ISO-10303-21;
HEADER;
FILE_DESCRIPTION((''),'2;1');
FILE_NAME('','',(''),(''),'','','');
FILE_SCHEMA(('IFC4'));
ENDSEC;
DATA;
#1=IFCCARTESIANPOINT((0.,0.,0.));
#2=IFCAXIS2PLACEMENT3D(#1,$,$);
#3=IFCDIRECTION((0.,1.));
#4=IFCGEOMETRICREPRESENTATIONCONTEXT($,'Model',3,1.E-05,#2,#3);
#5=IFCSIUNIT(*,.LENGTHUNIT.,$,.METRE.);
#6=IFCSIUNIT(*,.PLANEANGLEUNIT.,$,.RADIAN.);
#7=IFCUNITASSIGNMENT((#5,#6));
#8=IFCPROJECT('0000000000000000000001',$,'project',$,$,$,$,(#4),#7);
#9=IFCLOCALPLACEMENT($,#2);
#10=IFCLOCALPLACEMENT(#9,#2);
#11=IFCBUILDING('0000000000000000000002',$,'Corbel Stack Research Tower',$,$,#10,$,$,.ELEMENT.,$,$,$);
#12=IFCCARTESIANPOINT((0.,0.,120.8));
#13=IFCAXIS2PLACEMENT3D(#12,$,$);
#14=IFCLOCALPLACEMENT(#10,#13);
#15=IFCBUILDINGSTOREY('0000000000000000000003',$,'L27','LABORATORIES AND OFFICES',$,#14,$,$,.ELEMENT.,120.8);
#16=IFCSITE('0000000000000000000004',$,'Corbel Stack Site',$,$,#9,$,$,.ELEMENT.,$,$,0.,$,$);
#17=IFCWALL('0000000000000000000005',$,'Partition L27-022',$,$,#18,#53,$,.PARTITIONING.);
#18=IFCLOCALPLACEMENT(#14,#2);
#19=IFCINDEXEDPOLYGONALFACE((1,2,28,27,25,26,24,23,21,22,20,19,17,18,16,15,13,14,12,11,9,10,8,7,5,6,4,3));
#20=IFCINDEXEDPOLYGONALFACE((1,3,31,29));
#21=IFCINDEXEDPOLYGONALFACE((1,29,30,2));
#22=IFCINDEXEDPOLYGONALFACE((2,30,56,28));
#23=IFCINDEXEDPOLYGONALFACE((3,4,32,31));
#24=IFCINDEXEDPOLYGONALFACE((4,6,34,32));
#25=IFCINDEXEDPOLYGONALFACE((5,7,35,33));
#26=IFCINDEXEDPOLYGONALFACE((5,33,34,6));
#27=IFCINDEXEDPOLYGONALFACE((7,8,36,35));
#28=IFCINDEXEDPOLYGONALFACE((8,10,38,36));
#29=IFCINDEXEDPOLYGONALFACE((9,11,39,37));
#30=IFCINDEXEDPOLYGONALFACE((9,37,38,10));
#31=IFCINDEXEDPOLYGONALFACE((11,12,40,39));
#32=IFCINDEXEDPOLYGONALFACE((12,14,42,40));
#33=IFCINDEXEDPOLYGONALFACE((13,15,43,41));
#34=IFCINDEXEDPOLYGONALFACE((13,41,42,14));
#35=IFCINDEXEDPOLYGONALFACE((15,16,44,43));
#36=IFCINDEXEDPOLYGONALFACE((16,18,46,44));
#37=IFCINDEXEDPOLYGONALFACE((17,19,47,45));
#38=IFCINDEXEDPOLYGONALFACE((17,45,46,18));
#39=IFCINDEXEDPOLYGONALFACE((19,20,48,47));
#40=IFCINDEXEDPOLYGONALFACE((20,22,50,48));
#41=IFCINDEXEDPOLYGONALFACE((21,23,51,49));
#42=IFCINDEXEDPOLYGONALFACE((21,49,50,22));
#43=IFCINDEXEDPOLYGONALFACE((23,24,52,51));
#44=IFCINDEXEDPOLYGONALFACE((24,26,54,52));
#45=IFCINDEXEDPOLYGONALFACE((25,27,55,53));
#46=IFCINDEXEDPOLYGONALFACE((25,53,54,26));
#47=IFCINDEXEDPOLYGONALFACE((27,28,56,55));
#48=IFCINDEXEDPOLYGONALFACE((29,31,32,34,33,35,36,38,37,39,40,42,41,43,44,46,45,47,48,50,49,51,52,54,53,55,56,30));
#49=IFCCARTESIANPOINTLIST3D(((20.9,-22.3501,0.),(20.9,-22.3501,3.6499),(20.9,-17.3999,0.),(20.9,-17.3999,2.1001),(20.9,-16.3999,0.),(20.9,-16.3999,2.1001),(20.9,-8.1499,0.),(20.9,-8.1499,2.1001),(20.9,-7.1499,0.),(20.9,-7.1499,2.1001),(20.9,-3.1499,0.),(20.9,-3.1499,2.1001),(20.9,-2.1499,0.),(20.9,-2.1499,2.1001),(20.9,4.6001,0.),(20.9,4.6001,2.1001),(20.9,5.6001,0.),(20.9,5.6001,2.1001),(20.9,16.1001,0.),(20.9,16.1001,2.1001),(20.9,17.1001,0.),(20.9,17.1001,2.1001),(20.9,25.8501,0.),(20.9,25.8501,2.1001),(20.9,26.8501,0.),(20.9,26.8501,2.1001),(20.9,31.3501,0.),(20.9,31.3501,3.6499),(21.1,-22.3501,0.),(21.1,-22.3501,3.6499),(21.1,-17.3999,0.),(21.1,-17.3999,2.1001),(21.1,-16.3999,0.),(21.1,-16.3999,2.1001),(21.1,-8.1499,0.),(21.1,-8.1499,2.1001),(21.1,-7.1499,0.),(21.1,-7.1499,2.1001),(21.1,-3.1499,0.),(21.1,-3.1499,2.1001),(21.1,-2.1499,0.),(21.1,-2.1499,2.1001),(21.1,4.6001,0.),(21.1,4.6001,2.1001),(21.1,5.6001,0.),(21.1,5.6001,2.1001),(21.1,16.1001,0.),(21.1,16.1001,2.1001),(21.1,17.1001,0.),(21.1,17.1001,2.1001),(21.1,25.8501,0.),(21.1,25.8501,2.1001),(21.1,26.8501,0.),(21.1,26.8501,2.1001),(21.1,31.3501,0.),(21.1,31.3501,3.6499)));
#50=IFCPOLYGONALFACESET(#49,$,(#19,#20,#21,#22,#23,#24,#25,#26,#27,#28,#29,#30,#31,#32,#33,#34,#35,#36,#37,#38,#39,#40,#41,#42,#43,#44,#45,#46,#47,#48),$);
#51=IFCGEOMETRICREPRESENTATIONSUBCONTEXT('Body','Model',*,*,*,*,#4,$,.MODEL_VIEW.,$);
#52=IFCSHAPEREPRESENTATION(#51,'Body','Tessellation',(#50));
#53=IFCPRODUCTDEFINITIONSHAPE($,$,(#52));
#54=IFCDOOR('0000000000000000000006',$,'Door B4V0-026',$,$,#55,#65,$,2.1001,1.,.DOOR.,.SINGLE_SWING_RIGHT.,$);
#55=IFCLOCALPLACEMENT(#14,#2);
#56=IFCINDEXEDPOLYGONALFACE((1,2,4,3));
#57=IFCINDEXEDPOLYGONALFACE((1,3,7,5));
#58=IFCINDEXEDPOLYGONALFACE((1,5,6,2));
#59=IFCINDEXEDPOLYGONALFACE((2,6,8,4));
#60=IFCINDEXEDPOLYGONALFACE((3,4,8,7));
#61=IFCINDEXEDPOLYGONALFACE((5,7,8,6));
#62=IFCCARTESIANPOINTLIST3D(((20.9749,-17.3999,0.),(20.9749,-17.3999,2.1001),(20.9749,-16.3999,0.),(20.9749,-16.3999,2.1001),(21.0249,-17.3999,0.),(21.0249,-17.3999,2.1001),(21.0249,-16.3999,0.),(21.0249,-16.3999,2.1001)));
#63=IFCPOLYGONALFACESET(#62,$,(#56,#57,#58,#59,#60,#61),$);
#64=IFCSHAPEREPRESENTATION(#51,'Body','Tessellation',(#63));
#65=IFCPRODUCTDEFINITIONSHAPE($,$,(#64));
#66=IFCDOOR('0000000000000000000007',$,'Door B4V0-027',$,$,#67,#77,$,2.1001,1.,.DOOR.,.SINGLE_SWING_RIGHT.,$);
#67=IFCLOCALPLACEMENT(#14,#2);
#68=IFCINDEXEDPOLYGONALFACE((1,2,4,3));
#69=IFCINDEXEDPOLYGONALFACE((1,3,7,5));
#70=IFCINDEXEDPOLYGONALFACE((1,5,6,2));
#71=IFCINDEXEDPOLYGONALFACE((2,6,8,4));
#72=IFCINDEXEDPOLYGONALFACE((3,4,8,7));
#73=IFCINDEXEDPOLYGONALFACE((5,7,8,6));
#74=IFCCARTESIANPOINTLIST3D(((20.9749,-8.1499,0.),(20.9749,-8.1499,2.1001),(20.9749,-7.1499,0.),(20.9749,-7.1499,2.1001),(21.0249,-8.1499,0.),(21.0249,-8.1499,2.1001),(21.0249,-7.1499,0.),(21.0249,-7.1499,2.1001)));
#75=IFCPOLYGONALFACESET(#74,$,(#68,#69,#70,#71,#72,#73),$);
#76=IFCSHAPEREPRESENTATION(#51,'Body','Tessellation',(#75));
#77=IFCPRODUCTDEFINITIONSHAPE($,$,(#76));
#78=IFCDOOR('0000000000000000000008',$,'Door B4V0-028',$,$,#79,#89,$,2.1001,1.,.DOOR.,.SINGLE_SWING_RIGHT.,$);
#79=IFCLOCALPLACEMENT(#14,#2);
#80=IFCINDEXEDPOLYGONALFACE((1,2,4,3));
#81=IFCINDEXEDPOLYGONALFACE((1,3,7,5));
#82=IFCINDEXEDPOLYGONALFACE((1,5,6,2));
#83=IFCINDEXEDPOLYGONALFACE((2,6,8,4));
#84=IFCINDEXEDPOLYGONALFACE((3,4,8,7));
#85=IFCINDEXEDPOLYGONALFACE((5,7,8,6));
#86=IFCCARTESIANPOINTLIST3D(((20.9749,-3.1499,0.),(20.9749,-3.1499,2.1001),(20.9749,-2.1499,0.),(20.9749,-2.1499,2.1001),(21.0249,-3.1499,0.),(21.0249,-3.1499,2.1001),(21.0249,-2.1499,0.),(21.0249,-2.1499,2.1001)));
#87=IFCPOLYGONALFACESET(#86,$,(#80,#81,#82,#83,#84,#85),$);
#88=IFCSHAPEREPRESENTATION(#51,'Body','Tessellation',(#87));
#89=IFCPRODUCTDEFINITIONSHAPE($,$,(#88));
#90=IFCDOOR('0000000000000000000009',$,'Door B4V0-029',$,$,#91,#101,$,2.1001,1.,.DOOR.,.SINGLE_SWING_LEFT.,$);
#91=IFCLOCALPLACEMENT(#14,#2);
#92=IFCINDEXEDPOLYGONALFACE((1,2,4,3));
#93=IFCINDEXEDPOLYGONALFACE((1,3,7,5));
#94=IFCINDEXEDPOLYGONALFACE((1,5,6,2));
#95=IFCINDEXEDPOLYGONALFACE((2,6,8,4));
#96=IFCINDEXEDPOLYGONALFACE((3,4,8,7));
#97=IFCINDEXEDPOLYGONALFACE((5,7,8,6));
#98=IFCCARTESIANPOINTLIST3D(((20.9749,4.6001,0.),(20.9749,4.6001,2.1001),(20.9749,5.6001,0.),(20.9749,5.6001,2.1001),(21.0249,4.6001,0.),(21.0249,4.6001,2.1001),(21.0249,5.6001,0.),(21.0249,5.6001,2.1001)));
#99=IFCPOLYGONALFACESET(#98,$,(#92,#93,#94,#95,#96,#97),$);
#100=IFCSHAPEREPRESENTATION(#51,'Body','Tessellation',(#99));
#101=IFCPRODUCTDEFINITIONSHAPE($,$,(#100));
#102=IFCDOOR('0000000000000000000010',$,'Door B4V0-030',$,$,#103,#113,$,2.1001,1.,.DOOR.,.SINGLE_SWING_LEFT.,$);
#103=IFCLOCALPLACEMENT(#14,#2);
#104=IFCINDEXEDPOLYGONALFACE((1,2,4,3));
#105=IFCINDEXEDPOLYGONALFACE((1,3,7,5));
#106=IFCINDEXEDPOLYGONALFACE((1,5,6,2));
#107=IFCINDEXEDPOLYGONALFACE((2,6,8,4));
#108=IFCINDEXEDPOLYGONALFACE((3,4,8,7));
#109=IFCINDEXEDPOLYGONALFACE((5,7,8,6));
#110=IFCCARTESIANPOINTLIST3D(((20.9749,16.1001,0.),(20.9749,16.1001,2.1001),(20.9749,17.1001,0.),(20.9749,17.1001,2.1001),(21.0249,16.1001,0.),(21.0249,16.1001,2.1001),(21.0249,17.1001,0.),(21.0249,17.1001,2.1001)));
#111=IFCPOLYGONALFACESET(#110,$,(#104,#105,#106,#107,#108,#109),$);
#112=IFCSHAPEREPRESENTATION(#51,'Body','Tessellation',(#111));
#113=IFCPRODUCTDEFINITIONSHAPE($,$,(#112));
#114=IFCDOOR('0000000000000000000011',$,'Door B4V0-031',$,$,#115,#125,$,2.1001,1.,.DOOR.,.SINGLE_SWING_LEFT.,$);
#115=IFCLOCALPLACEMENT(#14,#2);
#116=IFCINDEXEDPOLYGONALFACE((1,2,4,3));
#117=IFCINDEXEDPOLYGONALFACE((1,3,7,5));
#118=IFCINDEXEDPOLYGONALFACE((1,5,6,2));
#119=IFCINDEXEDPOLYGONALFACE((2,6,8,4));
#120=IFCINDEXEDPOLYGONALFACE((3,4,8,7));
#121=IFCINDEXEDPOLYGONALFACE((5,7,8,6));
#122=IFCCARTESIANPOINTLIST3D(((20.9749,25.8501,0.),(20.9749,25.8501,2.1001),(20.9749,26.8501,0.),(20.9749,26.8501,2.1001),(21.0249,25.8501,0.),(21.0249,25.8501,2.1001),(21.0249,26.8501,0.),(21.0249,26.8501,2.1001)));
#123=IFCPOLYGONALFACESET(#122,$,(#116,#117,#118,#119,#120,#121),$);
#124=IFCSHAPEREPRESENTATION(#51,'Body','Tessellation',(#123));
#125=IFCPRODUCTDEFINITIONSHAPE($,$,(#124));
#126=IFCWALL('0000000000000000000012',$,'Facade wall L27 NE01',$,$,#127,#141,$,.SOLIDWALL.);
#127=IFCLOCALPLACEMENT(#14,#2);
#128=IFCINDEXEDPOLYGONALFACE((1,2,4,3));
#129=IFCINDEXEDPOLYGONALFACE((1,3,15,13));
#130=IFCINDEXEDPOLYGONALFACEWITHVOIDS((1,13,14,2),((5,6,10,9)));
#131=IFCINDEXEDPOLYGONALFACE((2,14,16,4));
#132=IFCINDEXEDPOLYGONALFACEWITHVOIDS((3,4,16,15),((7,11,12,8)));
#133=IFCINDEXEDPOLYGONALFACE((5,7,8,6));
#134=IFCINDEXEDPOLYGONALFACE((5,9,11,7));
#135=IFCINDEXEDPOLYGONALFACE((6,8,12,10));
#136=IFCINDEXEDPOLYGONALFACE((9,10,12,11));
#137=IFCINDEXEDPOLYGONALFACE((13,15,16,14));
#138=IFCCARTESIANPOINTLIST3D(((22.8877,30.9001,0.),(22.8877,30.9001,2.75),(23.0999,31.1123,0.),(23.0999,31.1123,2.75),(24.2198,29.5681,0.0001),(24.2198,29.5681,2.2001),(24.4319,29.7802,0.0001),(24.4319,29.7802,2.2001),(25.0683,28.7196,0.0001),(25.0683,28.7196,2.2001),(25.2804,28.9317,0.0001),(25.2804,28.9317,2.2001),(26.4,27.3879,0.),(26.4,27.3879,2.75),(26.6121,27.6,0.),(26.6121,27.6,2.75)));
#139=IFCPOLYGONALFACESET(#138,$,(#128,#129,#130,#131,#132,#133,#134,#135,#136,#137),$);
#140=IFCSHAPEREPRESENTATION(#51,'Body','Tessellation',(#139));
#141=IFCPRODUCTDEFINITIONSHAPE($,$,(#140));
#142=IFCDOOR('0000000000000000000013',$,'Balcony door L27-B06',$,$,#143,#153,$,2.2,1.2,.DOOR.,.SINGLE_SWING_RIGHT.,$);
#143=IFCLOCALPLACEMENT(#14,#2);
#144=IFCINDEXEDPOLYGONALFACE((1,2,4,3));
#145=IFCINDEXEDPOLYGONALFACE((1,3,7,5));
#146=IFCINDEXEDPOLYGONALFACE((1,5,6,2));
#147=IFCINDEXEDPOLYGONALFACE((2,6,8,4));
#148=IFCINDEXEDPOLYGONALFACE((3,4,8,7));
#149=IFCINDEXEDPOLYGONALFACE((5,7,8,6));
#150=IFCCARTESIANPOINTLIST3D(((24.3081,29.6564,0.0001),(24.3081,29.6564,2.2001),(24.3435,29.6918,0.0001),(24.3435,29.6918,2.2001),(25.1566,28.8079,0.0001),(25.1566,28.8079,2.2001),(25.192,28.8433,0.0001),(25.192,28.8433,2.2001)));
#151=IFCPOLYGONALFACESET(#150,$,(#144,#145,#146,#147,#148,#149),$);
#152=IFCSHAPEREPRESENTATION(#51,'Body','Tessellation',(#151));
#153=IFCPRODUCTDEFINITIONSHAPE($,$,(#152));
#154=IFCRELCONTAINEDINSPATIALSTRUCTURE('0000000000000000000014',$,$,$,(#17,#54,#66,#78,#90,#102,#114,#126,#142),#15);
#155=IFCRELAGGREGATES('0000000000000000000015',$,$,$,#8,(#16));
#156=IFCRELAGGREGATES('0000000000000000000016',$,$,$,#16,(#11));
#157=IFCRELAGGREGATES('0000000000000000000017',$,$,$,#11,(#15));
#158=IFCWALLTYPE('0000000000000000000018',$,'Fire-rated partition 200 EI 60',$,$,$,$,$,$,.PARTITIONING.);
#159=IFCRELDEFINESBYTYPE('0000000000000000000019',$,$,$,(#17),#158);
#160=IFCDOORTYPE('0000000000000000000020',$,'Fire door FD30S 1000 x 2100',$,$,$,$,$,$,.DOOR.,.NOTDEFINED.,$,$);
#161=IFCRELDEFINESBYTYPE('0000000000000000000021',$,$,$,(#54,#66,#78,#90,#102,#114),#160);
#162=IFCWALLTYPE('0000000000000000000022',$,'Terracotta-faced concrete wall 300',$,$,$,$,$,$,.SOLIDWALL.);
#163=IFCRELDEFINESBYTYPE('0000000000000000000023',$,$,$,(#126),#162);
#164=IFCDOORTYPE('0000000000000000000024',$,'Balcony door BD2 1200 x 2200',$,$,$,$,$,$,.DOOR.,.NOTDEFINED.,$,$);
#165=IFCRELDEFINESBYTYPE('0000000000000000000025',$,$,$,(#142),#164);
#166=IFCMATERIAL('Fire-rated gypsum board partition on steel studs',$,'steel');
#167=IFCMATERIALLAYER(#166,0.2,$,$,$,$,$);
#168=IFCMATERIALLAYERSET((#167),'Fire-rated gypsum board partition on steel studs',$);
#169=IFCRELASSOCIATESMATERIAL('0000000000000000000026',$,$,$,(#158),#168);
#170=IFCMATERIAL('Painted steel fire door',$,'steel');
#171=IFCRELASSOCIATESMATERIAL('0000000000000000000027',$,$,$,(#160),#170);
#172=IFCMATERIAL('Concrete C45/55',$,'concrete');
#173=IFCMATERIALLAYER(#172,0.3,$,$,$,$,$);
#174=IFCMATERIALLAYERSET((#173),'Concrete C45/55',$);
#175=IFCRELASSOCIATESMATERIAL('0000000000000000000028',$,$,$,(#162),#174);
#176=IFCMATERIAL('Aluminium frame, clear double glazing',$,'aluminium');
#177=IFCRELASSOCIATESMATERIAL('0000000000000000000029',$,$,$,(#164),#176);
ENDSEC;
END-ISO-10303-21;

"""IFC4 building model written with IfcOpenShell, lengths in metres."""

from ifc_helpers import new_model, si_unit, direction, frame, frame_2d, origin, place, context, subcontext, project, spatial, rectangle, extrude, material, layer, layer_set, type_object, element, fill, save


model = new_model("IFC4")

# Units and contexts
model_context = context("Model", 3, precision=1e-05, world=origin(), true_north=direction((0.0, 1.0)))
body_context = subcontext(model_context, "Body", "Model", "MODEL_VIEW")
ifc_project = project(units=[si_unit("LENGTHUNIT", "METRE"), si_unit("PLANEANGLEUNIT", "RADIAN")], contexts=[model_context])

# Site, building, storey
site_placement = place(None, origin())
site = spatial("IfcSite", under=ifc_project, at=site_placement, Name="Corbel Stack Site", CompositionType="ELEMENT", RefElevation=0.0)
building_placement = place(site_placement, origin())
building = spatial("IfcBuilding", under=site, at=building_placement, Name="Corbel Stack Research Tower", CompositionType="ELEMENT")
storey_placement = place(building_placement, frame((0.0, 0.0, 120.8)))
storey = spatial("IfcBuildingStorey", under=building, at=storey_placement, Name="L27", Description="LABORATORIES AND OFFICES", CompositionType="ELEMENT", Elevation=120.8)

# Shared definitions
ifc_material_1 = material(Name="Fire-rated gypsum board partition on steel studs", Category="steel")
ifc_layer_1 = layer(ifc_material_1, 0.2)
ifc_layer_set_1 = layer_set([ifc_layer_1], Name="Fire-rated gypsum board partition on steel studs")
wall_type_1 = type_object("IfcWallType", Name="Fire-rated partition 200 EI 60", PredefinedType="PARTITIONING", material=ifc_layer_set_1)
ifc_material_2 = material(Name="Painted steel fire door", Category="steel")
door_type_1 = type_object("IfcDoorType", Name="Fire door FD30S 1000 x 2100", OperationType="NOTDEFINED", PredefinedType="DOOR", material=ifc_material_2)

# Wall, openings, doors
wall_1_placement = place(storey_placement, frame((21.0, 31.3501, 0.0), z_axis=(0.0, 0.0, 1.0), x_axis=(0.0, -1.0, 0.0)))
wall_1 = element("IfcWall", 1, at=wall_1_placement, inside=storey, type_object=wall_type_1, Name="Partition L27-022", PredefinedType="PARTITIONING", context=body_context, shape_type="SweptSolid", body=[
    extrude(rectangle(XDim=53.7002, YDim=0.2, at=frame_2d((26.8501, 0.0))), origin(), (0.0, 0.0, 1.0), 3.6499),
])
opening_1_placement = place(wall_1_placement, frame((47.75, 0.0, 0.0)))
opening_1 = element("IfcOpeningElement", 2, at=opening_1_placement, cuts=wall_1, PredefinedType="OPENING", context=body_context, shape_type="SweptSolid", body=[
    extrude(rectangle(XDim=1.0, YDim=2.1001, at=frame_2d((0.5, 1.05))), frame((0.0, 0.1099, 0.0), z_axis=(0.0, -1.0, 0.0), x_axis=(1.0, 0.0, 0.0)), (0.0, 0.0, 1.0), 0.22),
])
opening_2_placement = place(wall_1_placement, frame((38.5, 0.0, 0.0)))
opening_2 = element("IfcOpeningElement", 3, at=opening_2_placement, cuts=wall_1, PredefinedType="OPENING", context=body_context, shape_type="SweptSolid", body=[
    extrude(rectangle(XDim=1.0, YDim=2.1001, at=frame_2d((0.5, 1.05))), frame((0.0, 0.1099, 0.0), z_axis=(0.0, -1.0, 0.0), x_axis=(1.0, 0.0, 0.0)), (0.0, 0.0, 1.0), 0.22),
])
opening_3_placement = place(wall_1_placement, frame((33.5, 0.0, 0.0)))
opening_3 = element("IfcOpeningElement", 4, at=opening_3_placement, cuts=wall_1, PredefinedType="OPENING", context=body_context, shape_type="SweptSolid", body=[
    extrude(rectangle(XDim=1.0, YDim=2.1001, at=frame_2d((0.5, 1.05))), frame((0.0, 0.1099, 0.0), z_axis=(0.0, -1.0, 0.0), x_axis=(1.0, 0.0, 0.0)), (0.0, 0.0, 1.0), 0.22),
])
opening_4_placement = place(wall_1_placement, frame((25.75, 0.0, 0.0)))
opening_4 = element("IfcOpeningElement", 5, at=opening_4_placement, cuts=wall_1, PredefinedType="OPENING", context=body_context, shape_type="SweptSolid", body=[
    extrude(rectangle(XDim=1.0, YDim=2.1001, at=frame_2d((0.5, 1.05))), frame((0.0, 0.1099, 0.0), z_axis=(0.0, -1.0, 0.0), x_axis=(1.0, 0.0, 0.0)), (0.0, 0.0, 1.0), 0.22),
])
opening_5_placement = place(wall_1_placement, frame((14.25, 0.0, 0.0)))
opening_5 = element("IfcOpeningElement", 6, at=opening_5_placement, cuts=wall_1, PredefinedType="OPENING", context=body_context, shape_type="SweptSolid", body=[
    extrude(rectangle(XDim=1.0, YDim=2.1001, at=frame_2d((0.5, 1.05))), frame((0.0, 0.1099, 0.0), z_axis=(0.0, -1.0, 0.0), x_axis=(1.0, 0.0, 0.0)), (0.0, 0.0, 1.0), 0.22),
])
opening_6_placement = place(wall_1_placement, frame((4.5, 0.0, 0.0)))
opening_6 = element("IfcOpeningElement", 7, at=opening_6_placement, cuts=wall_1, PredefinedType="OPENING", context=body_context, shape_type="SweptSolid", body=[
    extrude(rectangle(XDim=1.0, YDim=2.1001, at=frame_2d((0.5, 1.05))), frame((0.0, 0.1099, 0.0), z_axis=(0.0, -1.0, 0.0), x_axis=(1.0, 0.0, 0.0)), (0.0, 0.0, 1.0), 0.22),
])
door_1_placement = place(opening_1_placement, origin())
door_1 = element("IfcDoor", 8, at=door_1_placement, inside=storey, type_object=door_type_1, Name="Door B4V0-026", OperationType="SINGLE_SWING_RIGHT", OverallHeight=2.1001, OverallWidth=1.0, PredefinedType="DOOR", context=body_context, shape_type="SweptSolid", body=[
    extrude(rectangle(XDim=1.0, YDim=2.1001, at=frame_2d((0.5, 1.05))), frame((0.0, 0.0249, 0.0), z_axis=(0.0, -1.0, 0.0), x_axis=(1.0, 0.0, 0.0)), (0.0, 0.0, 1.0), 0.05),
])
fill(opening_1, door_1)
door_2_placement = place(opening_2_placement, origin())
door_2 = element("IfcDoor", 9, at=door_2_placement, inside=storey, type_object=door_type_1, Name="Door B4V0-027", OperationType="SINGLE_SWING_RIGHT", OverallHeight=2.1001, OverallWidth=1.0, PredefinedType="DOOR", context=body_context, shape_type="SweptSolid", body=[
    extrude(rectangle(XDim=1.0, YDim=2.1001, at=frame_2d((0.5, 1.05))), frame((0.0, 0.0249, 0.0), z_axis=(0.0, -1.0, 0.0), x_axis=(1.0, 0.0, 0.0)), (0.0, 0.0, 1.0), 0.05),
])
fill(opening_2, door_2)
door_3_placement = place(opening_3_placement, origin())
door_3 = element("IfcDoor", 10, at=door_3_placement, inside=storey, type_object=door_type_1, Name="Door B4V0-028", OperationType="SINGLE_SWING_RIGHT", OverallHeight=2.1001, OverallWidth=1.0, PredefinedType="DOOR", context=body_context, shape_type="SweptSolid", body=[
    extrude(rectangle(XDim=1.0, YDim=2.1001, at=frame_2d((0.5, 1.05))), frame((0.0, 0.0249, 0.0), z_axis=(0.0, -1.0, 0.0), x_axis=(1.0, 0.0, 0.0)), (0.0, 0.0, 1.0), 0.05),
])
fill(opening_3, door_3)
door_4_placement = place(opening_4_placement, origin())
door_4 = element("IfcDoor", 11, at=door_4_placement, inside=storey, type_object=door_type_1, Name="Door B4V0-029", OperationType="SINGLE_SWING_LEFT", OverallHeight=2.1001, OverallWidth=1.0, PredefinedType="DOOR", context=body_context, shape_type="SweptSolid", body=[
    extrude(rectangle(XDim=1.0, YDim=2.1001, at=frame_2d((0.5, 1.05))), frame((0.0, 0.0249, 0.0), z_axis=(0.0, -1.0, 0.0), x_axis=(1.0, 0.0, 0.0)), (0.0, 0.0, 1.0), 0.05),
])
fill(opening_4, door_4)
door_5_placement = place(opening_5_placement, origin())
door_5 = element("IfcDoor", 12, at=door_5_placement, inside=storey, type_object=door_type_1, Name="Door B4V0-030", OperationType="SINGLE_SWING_LEFT", OverallHeight=2.1001, OverallWidth=1.0, PredefinedType="DOOR", context=body_context, shape_type="SweptSolid", body=[
    extrude(rectangle(XDim=1.0, YDim=2.1001, at=frame_2d((0.5, 1.05))), frame((0.0, 0.0249, 0.0), z_axis=(0.0, -1.0, 0.0), x_axis=(1.0, 0.0, 0.0)), (0.0, 0.0, 1.0), 0.05),
])
fill(opening_5, door_5)
door_6_placement = place(opening_6_placement, origin())
door_6 = element("IfcDoor", 13, at=door_6_placement, inside=storey, type_object=door_type_1, Name="Door B4V0-031", OperationType="SINGLE_SWING_LEFT", OverallHeight=2.1001, OverallWidth=1.0, PredefinedType="DOOR", context=body_context, shape_type="SweptSolid", body=[
    extrude(rectangle(XDim=1.0, YDim=2.1001, at=frame_2d((0.5, 1.05))), frame((0.0, 0.0249, 0.0), z_axis=(0.0, -1.0, 0.0), x_axis=(1.0, 0.0, 0.0)), (0.0, 0.0, 1.0), 0.05),
])
fill(opening_6, door_6)

# Wall, opening, door
ifc_material_3 = material(Name="Concrete C45/55", Category="concrete")
ifc_layer_2 = layer(ifc_material_3, 0.3)
ifc_layer_set_2 = layer_set([ifc_layer_2], Name="Concrete C45/55")
wall_type_2 = type_object("IfcWallType", Name="Terracotta-faced concrete wall 300", PredefinedType="SOLIDWALL", material=ifc_layer_set_2)
wall_2_placement = place(storey_placement, frame((22.9939, 31.0061, 0.0), z_axis=(0.0, 0.0, 1.0), x_axis=(0.707107, -0.707107, 0.0)))
wall_2 = element("IfcWall", 14, at=wall_2_placement, inside=storey, type_object=wall_type_2, Name="Facade wall L27 NE01", PredefinedType="SOLIDWALL", context=body_context, shape_type="SweptSolid", body=[
    extrude(rectangle(XDim=4.967, YDim=0.3, at=frame_2d((2.4834, 0.0))), origin(), (0.0, 0.0, 1.0), 2.75),
])
opening_7_placement = place(wall_2_placement, frame((1.8835, 0.0, 0.0)))
opening_7 = element("IfcOpeningElement", 15, at=opening_7_placement, cuts=wall_2, PredefinedType="OPENING", context=body_context, shape_type="SweptSolid", body=[
    extrude(rectangle(XDim=1.2, YDim=2.2, at=frame_2d((0.6001, 1.1001))), frame((0.0, 0.1599, 0.0), z_axis=(0.0, -1.0, 0.0), x_axis=(1.0, 0.0, 0.0)), (0.0, 0.0, 1.0), 0.3201),
])
ifc_material_4 = material(Name="Aluminium frame, clear double glazing", Category="aluminium")
door_type_2 = type_object("IfcDoorType", Name="Balcony door BD2 1200 x 2200", OperationType="NOTDEFINED", PredefinedType="DOOR", material=ifc_material_4)
door_7_placement = place(opening_7_placement, origin())
door_7 = element("IfcDoor", 16, at=door_7_placement, inside=storey, type_object=door_type_2, Name="Balcony door L27-B06", OperationType="SINGLE_SWING_RIGHT", OverallHeight=2.2, OverallWidth=1.2, PredefinedType="DOOR", context=body_context, shape_type="SweptSolid", body=[
    extrude(rectangle(XDim=1.2, YDim=2.2, at=frame_2d((0.6001, 1.1001))), frame((0.0, 0.0249, 0.0), z_axis=(0.0, -1.0, 0.0), x_axis=(1.0, 0.0, 0.0)), (0.0, 0.0, 1.0), 0.05),
])
fill(opening_7, door_7)

save(model, "model.ifc")
